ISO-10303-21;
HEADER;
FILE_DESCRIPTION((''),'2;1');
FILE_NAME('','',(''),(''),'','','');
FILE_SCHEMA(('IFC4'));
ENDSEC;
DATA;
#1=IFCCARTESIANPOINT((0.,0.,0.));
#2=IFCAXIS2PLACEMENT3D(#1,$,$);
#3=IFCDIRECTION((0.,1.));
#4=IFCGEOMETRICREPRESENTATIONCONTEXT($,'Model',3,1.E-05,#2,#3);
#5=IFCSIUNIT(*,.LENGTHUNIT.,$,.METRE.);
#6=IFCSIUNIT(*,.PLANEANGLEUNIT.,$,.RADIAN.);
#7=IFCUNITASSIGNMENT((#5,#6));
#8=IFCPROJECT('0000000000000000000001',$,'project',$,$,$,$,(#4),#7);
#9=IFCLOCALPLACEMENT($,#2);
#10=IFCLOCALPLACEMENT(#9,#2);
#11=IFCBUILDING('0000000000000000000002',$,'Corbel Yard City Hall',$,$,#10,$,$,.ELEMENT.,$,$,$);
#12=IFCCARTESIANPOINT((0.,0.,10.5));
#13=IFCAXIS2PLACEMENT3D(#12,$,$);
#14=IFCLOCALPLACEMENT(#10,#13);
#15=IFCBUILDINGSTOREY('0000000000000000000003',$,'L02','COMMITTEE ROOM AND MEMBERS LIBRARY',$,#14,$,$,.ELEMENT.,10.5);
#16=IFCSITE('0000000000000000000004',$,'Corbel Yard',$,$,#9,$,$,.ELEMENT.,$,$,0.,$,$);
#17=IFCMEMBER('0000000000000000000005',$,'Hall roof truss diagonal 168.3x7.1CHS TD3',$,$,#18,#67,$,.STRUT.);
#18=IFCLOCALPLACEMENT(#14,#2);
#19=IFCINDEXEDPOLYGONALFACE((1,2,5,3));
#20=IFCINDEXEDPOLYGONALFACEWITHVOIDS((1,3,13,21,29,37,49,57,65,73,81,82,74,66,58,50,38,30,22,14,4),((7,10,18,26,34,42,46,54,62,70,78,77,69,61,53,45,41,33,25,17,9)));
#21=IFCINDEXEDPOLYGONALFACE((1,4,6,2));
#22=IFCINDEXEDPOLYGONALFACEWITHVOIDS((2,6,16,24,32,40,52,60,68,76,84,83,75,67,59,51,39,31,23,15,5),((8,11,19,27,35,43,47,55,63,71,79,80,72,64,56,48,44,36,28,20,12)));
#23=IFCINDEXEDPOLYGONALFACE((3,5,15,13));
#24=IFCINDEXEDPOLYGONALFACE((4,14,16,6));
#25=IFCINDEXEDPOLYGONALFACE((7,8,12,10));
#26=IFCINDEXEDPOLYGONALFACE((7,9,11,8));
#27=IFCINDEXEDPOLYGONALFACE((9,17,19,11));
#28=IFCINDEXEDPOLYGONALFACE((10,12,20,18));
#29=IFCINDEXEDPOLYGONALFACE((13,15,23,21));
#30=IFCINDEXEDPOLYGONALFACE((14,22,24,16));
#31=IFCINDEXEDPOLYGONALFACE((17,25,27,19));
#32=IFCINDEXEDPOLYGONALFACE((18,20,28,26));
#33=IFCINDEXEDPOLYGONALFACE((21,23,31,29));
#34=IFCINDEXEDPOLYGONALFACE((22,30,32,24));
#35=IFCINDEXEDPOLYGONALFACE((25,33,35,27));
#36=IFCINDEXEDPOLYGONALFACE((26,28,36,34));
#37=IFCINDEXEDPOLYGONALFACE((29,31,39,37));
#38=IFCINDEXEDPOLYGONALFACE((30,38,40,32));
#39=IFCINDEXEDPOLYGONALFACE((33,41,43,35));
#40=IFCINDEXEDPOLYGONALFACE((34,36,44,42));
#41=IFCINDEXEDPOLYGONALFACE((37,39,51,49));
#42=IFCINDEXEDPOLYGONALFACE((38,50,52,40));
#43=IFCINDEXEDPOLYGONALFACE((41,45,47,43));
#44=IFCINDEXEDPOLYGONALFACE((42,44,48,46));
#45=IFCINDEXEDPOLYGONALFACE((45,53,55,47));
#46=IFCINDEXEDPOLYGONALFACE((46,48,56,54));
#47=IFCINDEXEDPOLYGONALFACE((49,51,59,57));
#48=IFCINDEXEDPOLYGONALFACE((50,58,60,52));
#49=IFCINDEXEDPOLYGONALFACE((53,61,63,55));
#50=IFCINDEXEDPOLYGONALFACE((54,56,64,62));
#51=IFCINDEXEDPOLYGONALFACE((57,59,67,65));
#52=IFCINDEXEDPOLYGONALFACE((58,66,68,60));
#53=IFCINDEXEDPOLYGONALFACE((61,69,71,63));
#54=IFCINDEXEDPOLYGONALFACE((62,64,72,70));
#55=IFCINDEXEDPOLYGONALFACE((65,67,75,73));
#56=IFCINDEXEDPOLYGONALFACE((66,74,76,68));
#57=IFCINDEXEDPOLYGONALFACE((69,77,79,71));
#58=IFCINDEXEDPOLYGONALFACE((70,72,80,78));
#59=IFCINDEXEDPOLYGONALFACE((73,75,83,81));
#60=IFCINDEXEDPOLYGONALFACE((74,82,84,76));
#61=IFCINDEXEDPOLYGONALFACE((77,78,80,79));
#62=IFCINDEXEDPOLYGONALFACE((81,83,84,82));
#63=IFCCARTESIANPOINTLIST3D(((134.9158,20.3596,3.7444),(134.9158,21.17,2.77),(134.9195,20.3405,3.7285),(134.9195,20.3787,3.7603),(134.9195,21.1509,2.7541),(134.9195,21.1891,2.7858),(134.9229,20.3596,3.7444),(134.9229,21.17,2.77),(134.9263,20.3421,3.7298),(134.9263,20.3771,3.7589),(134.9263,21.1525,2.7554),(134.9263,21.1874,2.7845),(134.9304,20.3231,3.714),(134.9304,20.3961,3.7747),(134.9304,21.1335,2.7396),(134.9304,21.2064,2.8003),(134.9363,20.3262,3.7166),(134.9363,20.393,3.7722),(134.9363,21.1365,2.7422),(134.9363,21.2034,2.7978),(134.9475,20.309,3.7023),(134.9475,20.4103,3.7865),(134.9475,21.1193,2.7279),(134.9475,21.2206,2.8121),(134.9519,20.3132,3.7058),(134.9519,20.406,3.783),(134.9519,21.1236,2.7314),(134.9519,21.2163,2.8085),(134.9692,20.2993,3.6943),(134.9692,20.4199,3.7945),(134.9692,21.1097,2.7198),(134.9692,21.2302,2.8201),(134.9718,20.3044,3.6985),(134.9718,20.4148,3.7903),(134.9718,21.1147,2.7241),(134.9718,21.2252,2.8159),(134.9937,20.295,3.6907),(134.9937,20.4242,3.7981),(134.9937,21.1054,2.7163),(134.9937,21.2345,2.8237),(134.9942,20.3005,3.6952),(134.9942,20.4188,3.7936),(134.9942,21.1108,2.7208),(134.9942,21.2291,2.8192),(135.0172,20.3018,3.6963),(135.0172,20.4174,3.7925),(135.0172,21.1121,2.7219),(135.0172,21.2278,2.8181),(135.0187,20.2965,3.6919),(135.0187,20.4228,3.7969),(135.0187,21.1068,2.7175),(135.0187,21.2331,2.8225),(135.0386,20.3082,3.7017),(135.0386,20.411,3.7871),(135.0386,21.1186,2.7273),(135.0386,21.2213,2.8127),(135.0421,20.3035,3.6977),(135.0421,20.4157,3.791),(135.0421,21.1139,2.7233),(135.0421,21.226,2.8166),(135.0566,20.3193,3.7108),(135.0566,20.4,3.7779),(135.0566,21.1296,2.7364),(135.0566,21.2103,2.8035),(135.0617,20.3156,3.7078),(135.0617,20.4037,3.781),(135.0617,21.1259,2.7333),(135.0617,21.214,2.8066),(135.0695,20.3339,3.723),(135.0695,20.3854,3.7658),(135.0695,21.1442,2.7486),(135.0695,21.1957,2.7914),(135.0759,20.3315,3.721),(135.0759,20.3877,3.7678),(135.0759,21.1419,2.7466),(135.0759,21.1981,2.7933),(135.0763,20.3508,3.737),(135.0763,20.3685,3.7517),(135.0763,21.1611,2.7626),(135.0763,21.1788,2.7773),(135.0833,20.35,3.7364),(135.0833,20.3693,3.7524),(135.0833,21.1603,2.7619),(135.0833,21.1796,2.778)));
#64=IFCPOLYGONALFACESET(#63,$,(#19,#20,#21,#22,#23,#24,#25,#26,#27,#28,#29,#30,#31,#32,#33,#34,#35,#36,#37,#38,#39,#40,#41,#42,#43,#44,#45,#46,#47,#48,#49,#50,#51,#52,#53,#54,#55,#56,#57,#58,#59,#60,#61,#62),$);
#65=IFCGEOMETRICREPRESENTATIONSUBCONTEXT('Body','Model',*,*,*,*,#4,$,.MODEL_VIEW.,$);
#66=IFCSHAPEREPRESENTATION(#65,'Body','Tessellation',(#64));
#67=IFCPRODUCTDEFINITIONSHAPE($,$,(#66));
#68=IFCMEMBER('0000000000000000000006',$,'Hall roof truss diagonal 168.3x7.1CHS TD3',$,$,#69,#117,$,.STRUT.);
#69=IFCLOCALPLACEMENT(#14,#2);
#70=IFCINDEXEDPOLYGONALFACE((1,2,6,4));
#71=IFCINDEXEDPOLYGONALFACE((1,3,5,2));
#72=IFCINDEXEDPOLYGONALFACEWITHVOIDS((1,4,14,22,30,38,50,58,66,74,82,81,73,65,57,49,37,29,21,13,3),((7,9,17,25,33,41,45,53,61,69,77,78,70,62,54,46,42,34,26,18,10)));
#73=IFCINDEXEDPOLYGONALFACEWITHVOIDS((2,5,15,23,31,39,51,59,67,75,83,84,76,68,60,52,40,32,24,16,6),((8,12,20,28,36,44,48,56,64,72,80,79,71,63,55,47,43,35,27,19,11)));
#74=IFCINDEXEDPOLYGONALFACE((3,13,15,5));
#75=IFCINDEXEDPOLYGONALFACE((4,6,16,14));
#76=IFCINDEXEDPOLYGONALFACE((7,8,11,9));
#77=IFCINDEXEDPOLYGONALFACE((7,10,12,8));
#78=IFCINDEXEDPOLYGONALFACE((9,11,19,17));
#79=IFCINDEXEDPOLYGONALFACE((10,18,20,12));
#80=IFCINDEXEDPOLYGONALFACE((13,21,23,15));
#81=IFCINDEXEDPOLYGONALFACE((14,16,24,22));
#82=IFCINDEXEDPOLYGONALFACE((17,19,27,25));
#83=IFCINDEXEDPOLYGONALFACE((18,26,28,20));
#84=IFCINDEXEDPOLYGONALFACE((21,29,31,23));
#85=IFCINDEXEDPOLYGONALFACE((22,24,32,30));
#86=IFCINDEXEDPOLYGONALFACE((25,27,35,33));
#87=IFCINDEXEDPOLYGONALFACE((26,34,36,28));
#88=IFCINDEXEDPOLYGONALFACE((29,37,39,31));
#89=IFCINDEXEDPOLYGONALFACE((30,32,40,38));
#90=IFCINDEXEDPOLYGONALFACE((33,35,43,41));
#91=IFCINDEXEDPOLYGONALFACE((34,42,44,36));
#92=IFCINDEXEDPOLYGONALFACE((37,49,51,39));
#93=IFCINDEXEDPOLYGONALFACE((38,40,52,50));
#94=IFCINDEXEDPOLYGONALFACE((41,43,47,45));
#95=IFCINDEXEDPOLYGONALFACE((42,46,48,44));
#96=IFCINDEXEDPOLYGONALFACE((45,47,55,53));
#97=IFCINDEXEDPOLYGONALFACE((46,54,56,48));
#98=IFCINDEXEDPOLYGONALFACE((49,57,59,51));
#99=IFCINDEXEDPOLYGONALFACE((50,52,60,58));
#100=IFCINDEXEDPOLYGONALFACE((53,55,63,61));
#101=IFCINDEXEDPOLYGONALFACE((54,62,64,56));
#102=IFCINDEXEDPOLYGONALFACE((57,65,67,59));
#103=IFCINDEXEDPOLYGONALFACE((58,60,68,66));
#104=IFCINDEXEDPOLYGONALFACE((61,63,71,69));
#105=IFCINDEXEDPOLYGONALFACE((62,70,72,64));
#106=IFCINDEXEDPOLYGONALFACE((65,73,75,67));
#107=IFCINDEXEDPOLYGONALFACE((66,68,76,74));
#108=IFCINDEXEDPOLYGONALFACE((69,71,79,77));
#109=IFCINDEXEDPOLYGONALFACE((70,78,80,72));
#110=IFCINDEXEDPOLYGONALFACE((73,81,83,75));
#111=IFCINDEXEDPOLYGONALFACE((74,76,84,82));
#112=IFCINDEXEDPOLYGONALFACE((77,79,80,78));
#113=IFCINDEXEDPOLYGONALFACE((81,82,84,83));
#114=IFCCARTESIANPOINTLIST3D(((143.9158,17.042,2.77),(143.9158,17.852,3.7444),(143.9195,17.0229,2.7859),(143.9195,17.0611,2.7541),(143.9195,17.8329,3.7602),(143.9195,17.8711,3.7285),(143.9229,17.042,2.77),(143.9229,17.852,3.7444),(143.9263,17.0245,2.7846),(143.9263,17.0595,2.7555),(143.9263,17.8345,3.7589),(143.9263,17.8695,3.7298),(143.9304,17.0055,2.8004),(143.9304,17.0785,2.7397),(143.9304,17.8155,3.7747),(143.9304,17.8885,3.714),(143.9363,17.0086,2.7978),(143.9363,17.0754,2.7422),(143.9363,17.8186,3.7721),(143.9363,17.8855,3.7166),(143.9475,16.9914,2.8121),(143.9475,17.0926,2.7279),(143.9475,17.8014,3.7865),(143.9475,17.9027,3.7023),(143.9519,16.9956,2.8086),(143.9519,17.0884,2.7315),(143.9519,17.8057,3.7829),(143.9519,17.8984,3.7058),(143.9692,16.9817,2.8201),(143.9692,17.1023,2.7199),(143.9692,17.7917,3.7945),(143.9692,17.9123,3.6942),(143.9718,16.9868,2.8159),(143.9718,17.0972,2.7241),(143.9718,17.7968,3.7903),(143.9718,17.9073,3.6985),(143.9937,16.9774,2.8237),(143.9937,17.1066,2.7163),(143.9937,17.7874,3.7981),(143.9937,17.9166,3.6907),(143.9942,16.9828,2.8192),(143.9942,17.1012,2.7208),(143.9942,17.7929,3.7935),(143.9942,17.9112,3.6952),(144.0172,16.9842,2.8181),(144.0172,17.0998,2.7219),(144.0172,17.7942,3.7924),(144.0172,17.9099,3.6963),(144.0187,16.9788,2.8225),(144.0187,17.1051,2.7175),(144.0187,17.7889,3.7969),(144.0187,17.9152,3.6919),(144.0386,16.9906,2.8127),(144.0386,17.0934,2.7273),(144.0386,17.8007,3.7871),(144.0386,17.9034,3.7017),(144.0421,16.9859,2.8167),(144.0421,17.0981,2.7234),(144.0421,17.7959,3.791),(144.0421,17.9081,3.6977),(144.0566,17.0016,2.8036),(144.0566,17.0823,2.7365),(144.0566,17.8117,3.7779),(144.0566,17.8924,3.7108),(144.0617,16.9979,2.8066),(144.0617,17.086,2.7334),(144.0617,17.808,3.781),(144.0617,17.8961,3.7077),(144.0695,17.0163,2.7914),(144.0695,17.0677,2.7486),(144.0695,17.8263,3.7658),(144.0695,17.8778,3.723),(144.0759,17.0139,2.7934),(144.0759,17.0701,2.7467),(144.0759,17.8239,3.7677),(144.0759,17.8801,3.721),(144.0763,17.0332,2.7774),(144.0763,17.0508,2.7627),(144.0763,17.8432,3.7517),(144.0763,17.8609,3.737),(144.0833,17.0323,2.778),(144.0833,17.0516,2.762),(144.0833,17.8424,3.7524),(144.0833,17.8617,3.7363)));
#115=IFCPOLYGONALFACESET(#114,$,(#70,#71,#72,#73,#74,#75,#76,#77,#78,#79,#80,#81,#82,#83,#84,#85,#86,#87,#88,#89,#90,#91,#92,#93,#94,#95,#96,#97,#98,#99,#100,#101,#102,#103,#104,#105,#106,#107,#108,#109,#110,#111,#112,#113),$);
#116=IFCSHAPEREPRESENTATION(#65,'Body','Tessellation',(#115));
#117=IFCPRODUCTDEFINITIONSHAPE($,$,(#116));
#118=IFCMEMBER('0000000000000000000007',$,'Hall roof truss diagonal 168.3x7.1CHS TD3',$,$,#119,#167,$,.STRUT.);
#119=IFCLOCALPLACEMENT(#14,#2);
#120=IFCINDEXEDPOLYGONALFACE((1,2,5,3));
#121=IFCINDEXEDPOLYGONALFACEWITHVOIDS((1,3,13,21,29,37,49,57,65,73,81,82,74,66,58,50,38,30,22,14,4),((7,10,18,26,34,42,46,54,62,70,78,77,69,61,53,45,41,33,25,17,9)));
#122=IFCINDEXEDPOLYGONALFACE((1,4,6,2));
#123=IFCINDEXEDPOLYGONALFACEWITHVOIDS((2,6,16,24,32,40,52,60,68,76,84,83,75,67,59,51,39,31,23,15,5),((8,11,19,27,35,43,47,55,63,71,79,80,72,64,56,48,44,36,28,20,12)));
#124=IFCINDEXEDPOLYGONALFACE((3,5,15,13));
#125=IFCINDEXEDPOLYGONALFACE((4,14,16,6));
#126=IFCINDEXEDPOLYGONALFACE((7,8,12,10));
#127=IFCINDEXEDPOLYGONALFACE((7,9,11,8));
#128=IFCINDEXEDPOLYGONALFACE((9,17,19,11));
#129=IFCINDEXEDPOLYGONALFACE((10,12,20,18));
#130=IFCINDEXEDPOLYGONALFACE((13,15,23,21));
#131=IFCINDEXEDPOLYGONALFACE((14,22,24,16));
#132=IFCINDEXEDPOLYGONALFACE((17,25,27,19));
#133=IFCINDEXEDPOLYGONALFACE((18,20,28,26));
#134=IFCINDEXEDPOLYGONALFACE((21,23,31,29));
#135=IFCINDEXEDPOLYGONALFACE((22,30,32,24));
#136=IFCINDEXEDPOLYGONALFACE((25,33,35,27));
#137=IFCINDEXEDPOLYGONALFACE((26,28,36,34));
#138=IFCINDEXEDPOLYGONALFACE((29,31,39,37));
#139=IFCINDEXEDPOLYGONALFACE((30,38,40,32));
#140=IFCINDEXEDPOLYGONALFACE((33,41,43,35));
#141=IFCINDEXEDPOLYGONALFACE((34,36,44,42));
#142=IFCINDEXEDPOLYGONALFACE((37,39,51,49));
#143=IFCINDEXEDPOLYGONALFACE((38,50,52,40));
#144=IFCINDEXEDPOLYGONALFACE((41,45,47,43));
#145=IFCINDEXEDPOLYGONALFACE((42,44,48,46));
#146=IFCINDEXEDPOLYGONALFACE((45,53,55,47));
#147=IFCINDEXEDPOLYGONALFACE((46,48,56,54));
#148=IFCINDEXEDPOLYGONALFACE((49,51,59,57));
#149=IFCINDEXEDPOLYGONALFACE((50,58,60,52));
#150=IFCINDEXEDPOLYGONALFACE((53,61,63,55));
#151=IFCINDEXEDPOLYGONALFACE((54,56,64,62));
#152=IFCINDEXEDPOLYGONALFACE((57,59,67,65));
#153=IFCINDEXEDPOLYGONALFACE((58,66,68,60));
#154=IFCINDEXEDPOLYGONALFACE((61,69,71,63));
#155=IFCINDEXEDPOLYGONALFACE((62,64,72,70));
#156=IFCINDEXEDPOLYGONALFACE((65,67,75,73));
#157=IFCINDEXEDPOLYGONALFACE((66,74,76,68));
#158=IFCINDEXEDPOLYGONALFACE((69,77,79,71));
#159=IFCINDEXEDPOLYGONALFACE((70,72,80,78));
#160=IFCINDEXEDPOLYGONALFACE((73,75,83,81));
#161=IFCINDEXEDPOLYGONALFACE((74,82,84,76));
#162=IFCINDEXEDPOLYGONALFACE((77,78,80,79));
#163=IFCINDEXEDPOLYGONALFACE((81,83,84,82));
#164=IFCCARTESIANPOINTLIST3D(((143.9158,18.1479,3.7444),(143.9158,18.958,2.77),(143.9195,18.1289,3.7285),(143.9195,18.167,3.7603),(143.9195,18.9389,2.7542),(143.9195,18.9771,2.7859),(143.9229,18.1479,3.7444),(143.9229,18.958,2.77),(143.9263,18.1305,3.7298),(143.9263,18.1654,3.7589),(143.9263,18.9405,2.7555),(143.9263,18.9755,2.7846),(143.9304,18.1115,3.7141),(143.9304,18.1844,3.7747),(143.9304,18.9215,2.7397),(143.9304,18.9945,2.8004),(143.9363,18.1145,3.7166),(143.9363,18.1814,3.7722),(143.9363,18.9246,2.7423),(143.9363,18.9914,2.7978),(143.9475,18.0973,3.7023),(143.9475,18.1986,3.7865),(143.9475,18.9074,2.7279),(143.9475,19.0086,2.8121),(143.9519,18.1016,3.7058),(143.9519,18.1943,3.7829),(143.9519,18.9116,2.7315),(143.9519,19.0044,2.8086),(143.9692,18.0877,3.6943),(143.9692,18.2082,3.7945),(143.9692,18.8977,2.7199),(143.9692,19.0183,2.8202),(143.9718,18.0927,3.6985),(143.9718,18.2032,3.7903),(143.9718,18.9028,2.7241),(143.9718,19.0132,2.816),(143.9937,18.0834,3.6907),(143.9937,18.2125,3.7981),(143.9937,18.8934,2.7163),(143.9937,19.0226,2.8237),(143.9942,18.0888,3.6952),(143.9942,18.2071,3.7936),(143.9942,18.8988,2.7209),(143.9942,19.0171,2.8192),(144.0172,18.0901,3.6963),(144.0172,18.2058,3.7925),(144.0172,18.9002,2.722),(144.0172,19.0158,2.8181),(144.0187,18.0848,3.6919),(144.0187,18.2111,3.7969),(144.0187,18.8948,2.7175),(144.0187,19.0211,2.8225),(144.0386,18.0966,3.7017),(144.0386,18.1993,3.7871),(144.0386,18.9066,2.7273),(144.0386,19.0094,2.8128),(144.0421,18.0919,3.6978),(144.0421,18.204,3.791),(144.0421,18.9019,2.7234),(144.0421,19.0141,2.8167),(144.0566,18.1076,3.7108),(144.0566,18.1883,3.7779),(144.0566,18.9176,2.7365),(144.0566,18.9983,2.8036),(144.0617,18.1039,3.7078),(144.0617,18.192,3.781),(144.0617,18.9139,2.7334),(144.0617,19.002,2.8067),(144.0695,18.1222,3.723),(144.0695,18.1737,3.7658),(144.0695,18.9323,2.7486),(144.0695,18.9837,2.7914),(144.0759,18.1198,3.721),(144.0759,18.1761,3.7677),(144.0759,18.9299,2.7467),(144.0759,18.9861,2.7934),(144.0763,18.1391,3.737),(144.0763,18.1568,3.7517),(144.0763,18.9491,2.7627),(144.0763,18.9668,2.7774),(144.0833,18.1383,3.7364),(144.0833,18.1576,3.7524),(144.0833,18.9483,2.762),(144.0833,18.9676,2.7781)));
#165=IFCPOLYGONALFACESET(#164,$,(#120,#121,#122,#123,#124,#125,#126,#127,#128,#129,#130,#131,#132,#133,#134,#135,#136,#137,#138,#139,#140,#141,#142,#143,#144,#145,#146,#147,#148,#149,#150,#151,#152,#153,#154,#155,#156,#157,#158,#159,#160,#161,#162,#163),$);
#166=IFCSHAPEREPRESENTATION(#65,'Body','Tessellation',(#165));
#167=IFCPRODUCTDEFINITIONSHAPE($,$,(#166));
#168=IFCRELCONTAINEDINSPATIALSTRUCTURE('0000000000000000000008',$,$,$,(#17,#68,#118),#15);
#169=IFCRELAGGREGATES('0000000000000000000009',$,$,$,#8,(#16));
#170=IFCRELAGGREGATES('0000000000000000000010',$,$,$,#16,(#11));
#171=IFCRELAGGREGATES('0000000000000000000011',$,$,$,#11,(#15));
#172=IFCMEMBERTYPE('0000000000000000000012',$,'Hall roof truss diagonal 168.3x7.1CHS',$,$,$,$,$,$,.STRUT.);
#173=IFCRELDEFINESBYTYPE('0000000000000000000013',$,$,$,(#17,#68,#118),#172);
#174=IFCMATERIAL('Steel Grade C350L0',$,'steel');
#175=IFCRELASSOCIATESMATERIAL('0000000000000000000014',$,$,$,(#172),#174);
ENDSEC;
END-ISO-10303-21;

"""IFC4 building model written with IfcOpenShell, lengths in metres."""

from ifc_helpers import new_model, si_unit, direction, frame, origin, origin_2d, place, context, subcontext, project, spatial, hollow_circle, extrude, material, material_profile, profile_set, type_object, element, save


model = new_model("IFC4")

# Units and contexts
model_context = context("Model", 3, precision=1e-05, world=origin(), true_north=direction((0.0, 1.0)))
body_context = subcontext(model_context, "Body", "Model", "MODEL_VIEW")
ifc_project = project(units=[si_unit("LENGTHUNIT", "METRE"), si_unit("PLANEANGLEUNIT", "RADIAN")], contexts=[model_context])

# Site, building, storey
site_placement = place(None, origin())
site = spatial("IfcSite", under=ifc_project, at=site_placement, Name="Corbel Yard", CompositionType="ELEMENT", RefElevation=0.0)
building_placement = place(site_placement, origin())
building = spatial("IfcBuilding", under=site, at=building_placement, Name="Corbel Yard City Hall", CompositionType="ELEMENT")
storey_placement = place(building_placement, frame((0.0, 0.0, 10.5)))
storey = spatial("IfcBuildingStorey", under=building, at=storey_placement, Name="L02", Description="COMMITTEE ROOM AND MEMBERS LIBRARY", CompositionType="ELEMENT", Elevation=10.5)

# Members
ifc_material_1 = material(Name="Steel Grade C350L0", Category="steel")
ifc_material_profile_1 = material_profile(ifc_material_1, hollow_circle(Radius=0.0842, WallThickness=0.0071, at=origin_2d()), Name="168.3x7.1CHS")
ifc_profile_set_1 = profile_set([ifc_material_profile_1], Name="Steel Grade C350L0")
member_type_1 = type_object("IfcMemberType", Name="Hall roof truss diagonal 168.3x7.1CHS", PredefinedType="STRUT", material=ifc_profile_set_1)
for number, where, z_axis, x_axis, name in (
    (1, (135.0, 20.3596, 3.7444), (0.0, 0.639407, -0.768868), (-1.0, 0.0, 0.0), "Hall roof truss diagonal 168.3x7.1CHS TD3"),
):
    element("IfcMember", number, at=place(storey_placement, frame(where, z_axis=z_axis, x_axis=x_axis)), inside=storey, type_object=member_type_1, Name=name, PredefinedType="STRUT", context=body_context, shape_type="SweptSolid", body=[
        extrude(hollow_circle(Radius=0.0842, WallThickness=0.0071, at=origin_2d()), origin(), (0.0, 0.0, 1.0), 1.2673),
    ])
for number, where, z_axis, x_axis, name in (
    (2, (144.0, 17.042, 2.77), (0.0, 0.639293, 0.768963), (-1.0, 0.0, 0.0), "Hall roof truss diagonal 168.3x7.1CHS TD3"),
    (3, (144.0, 18.1479, 3.7444), (0.0, 0.639293, -0.768963), (-1.0, 0.0, 0.0), "Hall roof truss diagonal 168.3x7.1CHS TD3"),
):
    element("IfcMember", number, at=place(storey_placement, frame(where, z_axis=z_axis, x_axis=x_axis)), inside=storey, type_object=member_type_1, Name=name, PredefinedType="STRUT", context=body_context, shape_type="SweptSolid", body=[
        extrude(hollow_circle(Radius=0.0842, WallThickness=0.0071, at=origin_2d()), origin(), (0.0, 0.0, 1.0), 1.2671),
    ])

save(model, "model.ifc")
